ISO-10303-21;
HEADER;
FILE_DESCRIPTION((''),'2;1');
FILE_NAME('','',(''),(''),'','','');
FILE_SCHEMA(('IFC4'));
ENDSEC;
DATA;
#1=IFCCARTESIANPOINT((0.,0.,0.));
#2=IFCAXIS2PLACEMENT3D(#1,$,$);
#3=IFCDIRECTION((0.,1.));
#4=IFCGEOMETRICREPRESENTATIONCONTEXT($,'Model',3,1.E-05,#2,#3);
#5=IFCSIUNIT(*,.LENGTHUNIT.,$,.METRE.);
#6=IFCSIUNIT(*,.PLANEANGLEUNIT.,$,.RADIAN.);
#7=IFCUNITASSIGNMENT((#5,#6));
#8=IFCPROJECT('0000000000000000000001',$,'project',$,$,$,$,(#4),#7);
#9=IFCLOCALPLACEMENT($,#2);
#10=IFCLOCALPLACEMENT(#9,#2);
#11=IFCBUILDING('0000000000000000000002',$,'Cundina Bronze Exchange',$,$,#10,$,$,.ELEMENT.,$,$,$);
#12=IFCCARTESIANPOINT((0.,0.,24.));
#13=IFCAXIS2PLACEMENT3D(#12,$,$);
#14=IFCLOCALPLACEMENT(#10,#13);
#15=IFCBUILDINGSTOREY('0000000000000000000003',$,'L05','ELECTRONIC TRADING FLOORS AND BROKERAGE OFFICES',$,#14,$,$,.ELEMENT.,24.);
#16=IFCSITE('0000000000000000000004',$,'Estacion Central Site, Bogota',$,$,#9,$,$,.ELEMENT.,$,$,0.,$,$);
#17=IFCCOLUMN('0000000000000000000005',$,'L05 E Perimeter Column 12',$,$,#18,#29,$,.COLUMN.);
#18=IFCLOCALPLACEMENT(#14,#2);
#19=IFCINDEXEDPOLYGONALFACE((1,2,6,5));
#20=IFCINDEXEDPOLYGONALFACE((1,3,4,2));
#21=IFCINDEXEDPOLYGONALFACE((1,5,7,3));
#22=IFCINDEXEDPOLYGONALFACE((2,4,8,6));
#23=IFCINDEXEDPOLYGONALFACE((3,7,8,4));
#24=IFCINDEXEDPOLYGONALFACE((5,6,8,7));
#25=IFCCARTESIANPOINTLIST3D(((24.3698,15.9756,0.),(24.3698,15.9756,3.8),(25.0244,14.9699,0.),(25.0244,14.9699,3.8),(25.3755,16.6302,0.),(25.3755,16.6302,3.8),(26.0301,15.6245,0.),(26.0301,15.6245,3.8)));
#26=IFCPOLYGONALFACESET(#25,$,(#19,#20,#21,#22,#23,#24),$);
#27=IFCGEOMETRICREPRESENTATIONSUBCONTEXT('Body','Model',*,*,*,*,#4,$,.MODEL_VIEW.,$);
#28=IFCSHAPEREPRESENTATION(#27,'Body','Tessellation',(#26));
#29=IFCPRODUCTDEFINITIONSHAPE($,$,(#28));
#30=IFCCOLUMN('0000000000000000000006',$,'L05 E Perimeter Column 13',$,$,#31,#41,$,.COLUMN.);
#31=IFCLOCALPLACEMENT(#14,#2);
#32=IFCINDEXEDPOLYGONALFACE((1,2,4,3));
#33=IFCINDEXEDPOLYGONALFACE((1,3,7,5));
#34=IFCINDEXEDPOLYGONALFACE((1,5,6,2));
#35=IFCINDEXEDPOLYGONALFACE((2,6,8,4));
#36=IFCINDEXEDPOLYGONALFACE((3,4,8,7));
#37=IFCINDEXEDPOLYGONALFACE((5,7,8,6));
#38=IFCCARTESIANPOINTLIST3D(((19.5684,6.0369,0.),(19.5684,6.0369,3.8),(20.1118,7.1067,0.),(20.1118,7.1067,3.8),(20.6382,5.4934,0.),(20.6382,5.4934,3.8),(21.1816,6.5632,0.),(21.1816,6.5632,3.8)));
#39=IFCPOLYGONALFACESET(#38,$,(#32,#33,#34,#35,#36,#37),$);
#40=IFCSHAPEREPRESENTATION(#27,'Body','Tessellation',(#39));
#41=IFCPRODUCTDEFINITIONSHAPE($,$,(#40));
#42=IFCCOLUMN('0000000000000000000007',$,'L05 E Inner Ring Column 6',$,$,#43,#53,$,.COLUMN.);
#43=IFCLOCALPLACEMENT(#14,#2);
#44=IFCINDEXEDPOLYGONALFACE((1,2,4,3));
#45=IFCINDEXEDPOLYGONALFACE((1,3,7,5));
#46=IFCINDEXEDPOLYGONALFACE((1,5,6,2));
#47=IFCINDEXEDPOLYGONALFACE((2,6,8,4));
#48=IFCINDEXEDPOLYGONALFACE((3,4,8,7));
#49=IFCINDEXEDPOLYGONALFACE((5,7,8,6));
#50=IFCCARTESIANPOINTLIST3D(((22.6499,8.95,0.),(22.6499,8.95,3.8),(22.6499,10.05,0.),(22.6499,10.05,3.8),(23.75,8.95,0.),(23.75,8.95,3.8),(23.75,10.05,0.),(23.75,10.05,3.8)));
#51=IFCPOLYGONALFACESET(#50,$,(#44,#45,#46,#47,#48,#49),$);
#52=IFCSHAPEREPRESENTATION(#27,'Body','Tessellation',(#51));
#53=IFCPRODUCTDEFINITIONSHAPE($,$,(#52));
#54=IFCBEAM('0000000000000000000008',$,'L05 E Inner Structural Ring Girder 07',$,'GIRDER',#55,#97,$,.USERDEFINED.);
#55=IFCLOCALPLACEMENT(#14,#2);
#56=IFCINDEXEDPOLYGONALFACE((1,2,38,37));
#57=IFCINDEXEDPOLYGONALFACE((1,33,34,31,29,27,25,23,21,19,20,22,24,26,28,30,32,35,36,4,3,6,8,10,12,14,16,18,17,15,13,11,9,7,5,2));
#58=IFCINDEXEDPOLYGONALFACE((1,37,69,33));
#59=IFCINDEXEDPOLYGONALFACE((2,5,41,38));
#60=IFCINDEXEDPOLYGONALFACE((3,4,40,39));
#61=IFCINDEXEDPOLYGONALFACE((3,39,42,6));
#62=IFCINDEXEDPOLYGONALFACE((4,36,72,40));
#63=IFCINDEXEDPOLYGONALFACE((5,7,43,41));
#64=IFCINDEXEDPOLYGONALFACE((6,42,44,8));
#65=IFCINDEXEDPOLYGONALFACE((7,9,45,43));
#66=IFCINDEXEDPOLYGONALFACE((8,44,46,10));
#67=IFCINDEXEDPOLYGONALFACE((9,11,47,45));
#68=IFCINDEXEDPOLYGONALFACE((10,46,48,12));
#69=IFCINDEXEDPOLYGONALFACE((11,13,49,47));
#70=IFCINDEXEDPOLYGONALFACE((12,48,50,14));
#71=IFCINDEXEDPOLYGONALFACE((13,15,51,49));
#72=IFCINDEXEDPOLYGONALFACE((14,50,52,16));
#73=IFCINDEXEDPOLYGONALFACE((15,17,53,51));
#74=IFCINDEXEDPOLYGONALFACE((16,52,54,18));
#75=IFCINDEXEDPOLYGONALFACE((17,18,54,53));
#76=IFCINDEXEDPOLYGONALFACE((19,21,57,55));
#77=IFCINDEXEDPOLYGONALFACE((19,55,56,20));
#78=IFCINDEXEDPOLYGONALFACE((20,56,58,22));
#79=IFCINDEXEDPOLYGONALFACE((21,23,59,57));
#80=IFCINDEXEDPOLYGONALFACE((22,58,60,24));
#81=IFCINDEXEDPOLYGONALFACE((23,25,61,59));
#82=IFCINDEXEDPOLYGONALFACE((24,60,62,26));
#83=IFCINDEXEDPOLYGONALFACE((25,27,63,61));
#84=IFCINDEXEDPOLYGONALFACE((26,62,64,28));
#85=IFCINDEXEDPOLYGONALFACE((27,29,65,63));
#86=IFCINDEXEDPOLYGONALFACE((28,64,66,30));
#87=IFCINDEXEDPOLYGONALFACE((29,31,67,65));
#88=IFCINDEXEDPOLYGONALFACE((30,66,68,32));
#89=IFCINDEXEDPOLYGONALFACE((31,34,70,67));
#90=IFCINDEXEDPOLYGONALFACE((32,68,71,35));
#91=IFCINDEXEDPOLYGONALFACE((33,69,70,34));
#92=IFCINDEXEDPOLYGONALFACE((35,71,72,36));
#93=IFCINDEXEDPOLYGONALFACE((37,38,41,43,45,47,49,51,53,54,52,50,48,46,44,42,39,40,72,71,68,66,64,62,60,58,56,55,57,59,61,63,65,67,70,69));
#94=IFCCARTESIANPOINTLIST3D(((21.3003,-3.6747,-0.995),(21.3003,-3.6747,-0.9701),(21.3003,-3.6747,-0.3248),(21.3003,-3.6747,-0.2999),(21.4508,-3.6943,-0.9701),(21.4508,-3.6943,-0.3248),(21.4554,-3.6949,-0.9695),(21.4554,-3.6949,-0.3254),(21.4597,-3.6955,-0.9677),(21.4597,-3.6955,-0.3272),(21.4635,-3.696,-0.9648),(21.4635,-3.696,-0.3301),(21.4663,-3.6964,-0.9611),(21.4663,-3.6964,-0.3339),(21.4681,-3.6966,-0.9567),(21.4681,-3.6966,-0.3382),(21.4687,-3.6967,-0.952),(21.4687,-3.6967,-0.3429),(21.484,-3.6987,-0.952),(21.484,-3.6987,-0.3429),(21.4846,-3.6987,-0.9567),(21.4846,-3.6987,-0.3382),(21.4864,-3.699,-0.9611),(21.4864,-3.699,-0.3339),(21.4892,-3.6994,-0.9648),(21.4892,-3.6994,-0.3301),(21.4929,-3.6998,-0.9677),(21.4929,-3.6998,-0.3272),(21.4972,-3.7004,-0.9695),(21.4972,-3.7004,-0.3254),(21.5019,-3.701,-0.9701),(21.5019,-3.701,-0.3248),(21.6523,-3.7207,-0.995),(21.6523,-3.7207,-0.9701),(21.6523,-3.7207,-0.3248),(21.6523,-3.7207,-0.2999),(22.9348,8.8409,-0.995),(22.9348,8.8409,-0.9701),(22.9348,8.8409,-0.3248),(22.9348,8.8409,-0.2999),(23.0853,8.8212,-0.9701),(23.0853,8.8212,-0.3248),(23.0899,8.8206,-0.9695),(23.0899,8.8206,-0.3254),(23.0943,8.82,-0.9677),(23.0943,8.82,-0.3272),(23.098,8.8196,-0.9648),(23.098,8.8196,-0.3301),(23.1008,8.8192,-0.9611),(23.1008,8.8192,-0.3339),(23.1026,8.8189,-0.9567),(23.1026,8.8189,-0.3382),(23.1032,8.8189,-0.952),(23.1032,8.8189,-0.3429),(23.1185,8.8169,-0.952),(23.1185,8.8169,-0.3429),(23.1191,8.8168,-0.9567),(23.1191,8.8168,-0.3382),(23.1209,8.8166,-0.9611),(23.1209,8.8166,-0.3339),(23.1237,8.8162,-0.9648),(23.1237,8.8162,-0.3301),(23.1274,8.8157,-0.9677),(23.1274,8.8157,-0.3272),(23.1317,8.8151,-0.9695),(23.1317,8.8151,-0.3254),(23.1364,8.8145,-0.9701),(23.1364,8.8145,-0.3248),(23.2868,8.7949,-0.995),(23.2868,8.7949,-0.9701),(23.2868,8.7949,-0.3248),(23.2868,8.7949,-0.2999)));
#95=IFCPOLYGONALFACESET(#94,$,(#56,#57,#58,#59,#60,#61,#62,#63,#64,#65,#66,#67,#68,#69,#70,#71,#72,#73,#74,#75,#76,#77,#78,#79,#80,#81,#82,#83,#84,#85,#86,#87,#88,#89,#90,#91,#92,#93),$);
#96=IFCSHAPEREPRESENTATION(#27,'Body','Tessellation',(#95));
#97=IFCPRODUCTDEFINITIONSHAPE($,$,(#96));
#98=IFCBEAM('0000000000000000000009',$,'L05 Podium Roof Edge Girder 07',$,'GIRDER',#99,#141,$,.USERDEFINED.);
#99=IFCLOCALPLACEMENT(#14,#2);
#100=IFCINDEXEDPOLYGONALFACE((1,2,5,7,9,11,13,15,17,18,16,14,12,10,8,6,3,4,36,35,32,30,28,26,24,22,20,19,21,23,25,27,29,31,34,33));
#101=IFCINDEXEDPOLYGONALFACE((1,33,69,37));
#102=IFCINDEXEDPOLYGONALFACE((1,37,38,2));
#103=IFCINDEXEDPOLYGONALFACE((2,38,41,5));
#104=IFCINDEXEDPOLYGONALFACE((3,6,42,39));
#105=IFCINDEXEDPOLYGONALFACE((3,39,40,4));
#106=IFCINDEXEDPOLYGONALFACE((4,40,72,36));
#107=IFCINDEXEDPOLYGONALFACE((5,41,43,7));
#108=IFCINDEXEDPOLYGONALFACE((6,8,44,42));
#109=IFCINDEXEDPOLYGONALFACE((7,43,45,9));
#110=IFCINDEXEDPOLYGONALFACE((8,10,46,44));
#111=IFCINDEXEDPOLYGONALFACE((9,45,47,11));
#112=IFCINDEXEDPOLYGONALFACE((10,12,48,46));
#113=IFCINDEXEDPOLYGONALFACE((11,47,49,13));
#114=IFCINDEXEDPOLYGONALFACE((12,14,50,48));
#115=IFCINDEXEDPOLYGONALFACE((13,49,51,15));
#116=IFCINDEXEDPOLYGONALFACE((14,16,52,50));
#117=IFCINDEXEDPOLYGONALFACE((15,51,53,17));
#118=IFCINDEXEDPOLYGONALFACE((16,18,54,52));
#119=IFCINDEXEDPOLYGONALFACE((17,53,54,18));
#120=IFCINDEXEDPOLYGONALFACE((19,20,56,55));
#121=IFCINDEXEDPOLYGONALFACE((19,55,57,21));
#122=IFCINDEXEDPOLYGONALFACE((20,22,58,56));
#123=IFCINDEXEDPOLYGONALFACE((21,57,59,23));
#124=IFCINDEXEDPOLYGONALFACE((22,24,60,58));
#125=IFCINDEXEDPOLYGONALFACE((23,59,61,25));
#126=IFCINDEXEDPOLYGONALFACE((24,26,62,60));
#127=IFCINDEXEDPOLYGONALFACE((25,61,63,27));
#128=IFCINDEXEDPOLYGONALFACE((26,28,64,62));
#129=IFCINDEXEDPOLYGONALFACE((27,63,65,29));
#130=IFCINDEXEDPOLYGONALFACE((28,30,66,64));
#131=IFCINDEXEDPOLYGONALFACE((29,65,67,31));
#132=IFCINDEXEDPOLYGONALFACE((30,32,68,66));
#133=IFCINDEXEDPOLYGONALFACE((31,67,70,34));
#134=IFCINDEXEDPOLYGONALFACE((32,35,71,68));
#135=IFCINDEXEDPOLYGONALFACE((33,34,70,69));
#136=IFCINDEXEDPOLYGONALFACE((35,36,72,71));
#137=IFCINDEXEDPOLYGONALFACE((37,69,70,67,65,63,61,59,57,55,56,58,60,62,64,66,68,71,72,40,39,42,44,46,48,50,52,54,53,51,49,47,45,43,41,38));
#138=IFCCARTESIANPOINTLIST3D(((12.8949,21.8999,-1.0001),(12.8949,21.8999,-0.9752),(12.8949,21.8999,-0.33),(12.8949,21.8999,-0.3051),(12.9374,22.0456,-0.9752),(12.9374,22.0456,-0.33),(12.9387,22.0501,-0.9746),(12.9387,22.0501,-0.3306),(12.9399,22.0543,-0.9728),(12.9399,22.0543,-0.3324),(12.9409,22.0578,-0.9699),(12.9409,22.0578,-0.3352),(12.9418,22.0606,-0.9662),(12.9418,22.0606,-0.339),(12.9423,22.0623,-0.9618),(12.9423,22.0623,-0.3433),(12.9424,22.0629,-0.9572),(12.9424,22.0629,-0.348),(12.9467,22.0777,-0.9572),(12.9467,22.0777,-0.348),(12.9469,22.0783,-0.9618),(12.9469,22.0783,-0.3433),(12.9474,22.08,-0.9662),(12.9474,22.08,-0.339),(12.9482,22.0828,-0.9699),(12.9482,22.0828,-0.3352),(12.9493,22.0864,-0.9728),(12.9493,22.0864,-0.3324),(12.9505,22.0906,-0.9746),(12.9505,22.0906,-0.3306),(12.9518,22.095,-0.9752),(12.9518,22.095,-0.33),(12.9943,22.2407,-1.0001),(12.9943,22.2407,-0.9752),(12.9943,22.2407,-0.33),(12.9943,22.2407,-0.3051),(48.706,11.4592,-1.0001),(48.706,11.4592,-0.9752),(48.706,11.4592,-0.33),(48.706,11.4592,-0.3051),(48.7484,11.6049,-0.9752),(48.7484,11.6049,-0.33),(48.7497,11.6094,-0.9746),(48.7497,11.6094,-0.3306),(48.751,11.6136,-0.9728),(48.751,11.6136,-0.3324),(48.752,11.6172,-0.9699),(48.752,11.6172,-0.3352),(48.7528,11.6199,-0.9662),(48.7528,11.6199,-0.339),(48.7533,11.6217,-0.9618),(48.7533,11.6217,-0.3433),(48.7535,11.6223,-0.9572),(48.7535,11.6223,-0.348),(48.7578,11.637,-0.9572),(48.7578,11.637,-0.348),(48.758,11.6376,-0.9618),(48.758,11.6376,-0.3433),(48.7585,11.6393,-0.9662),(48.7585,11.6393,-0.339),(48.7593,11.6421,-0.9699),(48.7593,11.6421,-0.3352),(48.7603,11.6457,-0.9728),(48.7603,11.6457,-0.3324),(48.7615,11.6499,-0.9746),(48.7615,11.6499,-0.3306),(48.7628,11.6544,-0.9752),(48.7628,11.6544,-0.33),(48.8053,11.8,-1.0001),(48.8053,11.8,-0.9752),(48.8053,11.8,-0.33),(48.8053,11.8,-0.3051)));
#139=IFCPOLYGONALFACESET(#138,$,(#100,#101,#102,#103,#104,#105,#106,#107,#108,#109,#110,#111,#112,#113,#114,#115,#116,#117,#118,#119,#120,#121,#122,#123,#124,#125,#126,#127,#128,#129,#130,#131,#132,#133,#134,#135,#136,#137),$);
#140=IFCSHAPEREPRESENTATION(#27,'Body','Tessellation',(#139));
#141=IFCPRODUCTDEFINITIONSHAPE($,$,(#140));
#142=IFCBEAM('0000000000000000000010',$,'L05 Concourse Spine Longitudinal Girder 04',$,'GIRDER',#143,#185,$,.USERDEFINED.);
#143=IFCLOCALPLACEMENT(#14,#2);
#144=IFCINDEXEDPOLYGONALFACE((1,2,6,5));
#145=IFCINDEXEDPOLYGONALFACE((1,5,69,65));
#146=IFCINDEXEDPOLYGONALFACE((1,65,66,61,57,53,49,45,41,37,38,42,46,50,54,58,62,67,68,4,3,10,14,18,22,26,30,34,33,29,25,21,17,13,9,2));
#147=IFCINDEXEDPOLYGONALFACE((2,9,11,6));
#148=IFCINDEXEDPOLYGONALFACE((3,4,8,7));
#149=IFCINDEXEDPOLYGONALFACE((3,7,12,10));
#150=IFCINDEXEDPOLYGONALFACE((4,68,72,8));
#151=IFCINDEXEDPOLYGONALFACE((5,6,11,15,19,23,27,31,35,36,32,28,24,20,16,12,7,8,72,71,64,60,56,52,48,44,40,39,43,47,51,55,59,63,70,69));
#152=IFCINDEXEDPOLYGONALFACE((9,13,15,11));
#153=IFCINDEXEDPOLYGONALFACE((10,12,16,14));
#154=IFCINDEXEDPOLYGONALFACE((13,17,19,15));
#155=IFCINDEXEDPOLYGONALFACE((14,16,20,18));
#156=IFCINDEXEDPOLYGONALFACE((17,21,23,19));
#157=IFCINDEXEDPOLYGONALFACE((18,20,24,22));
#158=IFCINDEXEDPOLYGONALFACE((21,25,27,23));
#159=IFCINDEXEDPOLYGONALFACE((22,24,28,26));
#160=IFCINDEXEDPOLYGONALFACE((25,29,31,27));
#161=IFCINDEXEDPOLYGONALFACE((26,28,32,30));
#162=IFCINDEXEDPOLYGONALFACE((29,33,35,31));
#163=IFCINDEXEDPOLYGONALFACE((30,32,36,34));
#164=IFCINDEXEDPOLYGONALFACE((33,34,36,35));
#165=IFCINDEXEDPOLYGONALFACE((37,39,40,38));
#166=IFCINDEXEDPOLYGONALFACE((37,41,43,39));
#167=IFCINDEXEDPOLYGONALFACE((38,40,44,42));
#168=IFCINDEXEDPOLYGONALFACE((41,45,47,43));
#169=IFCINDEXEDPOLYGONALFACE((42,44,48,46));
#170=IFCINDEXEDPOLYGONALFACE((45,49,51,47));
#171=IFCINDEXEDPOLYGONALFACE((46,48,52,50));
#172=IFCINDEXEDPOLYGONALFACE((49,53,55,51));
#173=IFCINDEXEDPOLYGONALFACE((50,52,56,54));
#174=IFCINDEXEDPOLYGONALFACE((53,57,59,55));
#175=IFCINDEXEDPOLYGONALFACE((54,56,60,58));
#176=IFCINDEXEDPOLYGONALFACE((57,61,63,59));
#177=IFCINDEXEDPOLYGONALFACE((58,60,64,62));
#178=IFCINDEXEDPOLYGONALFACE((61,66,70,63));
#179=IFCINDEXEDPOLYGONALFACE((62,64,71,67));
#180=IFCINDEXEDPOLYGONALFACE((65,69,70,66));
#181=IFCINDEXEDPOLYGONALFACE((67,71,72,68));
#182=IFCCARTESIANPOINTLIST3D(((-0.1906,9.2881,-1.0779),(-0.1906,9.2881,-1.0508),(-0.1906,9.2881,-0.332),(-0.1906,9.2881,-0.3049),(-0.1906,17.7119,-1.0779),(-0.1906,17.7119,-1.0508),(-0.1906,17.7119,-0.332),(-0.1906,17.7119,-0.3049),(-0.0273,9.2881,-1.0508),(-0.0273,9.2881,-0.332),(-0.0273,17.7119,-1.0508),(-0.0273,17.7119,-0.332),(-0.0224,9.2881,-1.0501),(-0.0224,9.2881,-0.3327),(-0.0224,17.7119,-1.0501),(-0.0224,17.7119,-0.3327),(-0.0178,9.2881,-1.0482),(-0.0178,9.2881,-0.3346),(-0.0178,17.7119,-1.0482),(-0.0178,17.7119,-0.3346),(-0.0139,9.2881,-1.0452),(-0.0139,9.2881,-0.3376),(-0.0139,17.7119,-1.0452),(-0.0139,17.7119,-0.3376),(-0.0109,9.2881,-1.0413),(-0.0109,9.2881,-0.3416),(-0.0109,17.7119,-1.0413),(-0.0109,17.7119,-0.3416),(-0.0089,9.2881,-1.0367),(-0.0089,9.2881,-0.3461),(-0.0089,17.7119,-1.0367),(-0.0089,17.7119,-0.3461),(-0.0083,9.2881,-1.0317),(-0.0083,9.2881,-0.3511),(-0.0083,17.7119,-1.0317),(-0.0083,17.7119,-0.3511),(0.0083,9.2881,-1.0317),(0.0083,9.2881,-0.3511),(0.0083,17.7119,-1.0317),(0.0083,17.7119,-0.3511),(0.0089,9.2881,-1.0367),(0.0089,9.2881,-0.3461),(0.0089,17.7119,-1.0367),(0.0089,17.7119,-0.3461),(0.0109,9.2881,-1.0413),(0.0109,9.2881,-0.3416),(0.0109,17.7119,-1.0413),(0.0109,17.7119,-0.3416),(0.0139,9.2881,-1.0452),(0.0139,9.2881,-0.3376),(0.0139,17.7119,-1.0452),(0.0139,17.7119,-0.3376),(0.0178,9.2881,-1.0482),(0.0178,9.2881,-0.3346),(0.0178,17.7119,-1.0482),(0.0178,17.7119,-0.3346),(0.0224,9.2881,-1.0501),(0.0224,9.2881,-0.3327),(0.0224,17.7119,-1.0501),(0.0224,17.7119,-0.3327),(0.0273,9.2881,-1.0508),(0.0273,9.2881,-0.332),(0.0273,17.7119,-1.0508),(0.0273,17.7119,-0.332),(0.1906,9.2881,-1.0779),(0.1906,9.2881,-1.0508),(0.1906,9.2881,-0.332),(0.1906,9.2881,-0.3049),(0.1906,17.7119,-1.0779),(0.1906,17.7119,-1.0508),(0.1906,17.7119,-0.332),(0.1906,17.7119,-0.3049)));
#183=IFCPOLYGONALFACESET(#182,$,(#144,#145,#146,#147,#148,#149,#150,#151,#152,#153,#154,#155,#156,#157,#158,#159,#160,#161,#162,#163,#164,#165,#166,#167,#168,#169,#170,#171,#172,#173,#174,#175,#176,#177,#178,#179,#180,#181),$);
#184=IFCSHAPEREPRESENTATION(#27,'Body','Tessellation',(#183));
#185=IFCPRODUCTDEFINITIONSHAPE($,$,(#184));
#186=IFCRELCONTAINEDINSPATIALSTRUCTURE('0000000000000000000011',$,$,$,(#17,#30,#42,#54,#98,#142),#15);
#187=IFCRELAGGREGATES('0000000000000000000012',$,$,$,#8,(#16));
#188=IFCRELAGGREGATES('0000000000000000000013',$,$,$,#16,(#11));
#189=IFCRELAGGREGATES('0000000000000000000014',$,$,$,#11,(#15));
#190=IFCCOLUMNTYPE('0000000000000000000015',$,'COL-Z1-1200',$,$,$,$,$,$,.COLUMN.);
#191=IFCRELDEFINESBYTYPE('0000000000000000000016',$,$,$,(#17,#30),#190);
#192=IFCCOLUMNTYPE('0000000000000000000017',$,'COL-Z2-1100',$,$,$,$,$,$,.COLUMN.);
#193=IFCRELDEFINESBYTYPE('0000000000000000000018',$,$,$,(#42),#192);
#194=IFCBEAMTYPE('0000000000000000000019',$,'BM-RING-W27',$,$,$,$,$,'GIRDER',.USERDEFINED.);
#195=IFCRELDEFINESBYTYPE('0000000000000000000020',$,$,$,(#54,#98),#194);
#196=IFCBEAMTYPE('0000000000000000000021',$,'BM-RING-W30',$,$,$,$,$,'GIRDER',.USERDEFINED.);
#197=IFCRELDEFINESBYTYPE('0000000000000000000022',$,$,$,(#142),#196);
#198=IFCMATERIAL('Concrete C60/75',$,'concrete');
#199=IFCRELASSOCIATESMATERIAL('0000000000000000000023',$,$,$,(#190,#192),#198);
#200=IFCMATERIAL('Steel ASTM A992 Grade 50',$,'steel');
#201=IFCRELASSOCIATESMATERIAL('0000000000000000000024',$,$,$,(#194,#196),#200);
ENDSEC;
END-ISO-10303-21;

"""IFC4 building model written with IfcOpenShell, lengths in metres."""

from ifc_helpers import new_model, si_unit, direction, frame, origin, origin_2d, place, context, subcontext, project, spatial, rectangle, i_section, extrude, material, material_profile, profile_set, type_object, element, save


model = new_model("IFC4")

# Units and contexts
model_context = context("Model", 3, precision=1e-05, world=origin(), true_north=direction((0.0, 1.0)))
body_context = subcontext(model_context, "Body", "Model", "MODEL_VIEW")
ifc_project = project(units=[si_unit("LENGTHUNIT", "METRE"), si_unit("PLANEANGLEUNIT", "RADIAN")], contexts=[model_context])

# Site, building, storey
site_placement = place(None, origin())
site = spatial("IfcSite", under=ifc_project, at=site_placement, Name="Estacion Central Site, Bogota", CompositionType="ELEMENT", RefElevation=0.0)
building_placement = place(site_placement, origin())
building = spatial("IfcBuilding", under=site, at=building_placement, Name="Cundina Bronze Exchange", CompositionType="ELEMENT")
storey_placement = place(building_placement, frame((0.0, 0.0, 24.0)))
storey = spatial("IfcBuildingStorey", under=building, at=storey_placement, Name="L05", Description="ELECTRONIC TRADING FLOORS AND BROKERAGE OFFICES", CompositionType="ELEMENT", Elevation=24.0)

# Columns
ifc_material_1 = material(Name="Concrete C60/75", Category="concrete")
ifc_material_profile_1 = material_profile(ifc_material_1, rectangle(XDim=1.2, YDim=1.2, at=origin_2d()), Name="RC1200X1200", Category="concrete")
ifc_profile_set_1 = profile_set([ifc_material_profile_1], Name="Concrete C60/75")
column_type_1 = type_object("IfcColumnType", Name="COL-Z1-1200", PredefinedType="COLUMN", material=ifc_profile_set_1)
for number, where, z_axis, x_axis, name in (
    (1, (25.2, 15.8, 0.0), (0.0, 0.0, 1.0), (-0.8381, -0.545517, 0.0), "L05 E Perimeter Column 12"),
    (2, (20.375, 6.3, 0.0), (0.0, 0.0, 1.0), (-0.452902, -0.891561, 0.0), "L05 E Perimeter Column 13"),
):
    element("IfcColumn", number, at=place(storey_placement, frame(where, z_axis=z_axis, x_axis=x_axis)), inside=storey, type_object=column_type_1, Name=name, PredefinedType="COLUMN", context=body_context, shape_type="SweptSolid", body=[
        extrude(rectangle(XDim=1.2, YDim=1.2, at=origin_2d()), origin(), (0.0, 0.0, 1.0), 3.8),
    ])
ifc_material_profile_2 = material_profile(ifc_material_1, rectangle(XDim=1.1001, YDim=1.1001, at=origin_2d()), Name="RC1100X1100", Category="concrete")
ifc_profile_set_2 = profile_set([ifc_material_profile_2], Name="Concrete C60/75")
column_type_2 = type_object("IfcColumnType", Name="COL-Z2-1100", PredefinedType="COLUMN", material=ifc_profile_set_2)
column_placement = place(storey_placement, frame((23.2, 9.5, 0.0), z_axis=(0.0, 0.0, 1.0), x_axis=(1.0, 0.0, 0.0)))
element("IfcColumn", 3, at=column_placement, inside=storey, type_object=column_type_2, Name="L05 E Inner Ring Column 6", PredefinedType="COLUMN", context=body_context, shape_type="SweptSolid", body=[
    extrude(rectangle(XDim=1.1001, YDim=1.1001, at=origin_2d()), origin(), (0.0, 0.0, 1.0), 3.8),
])

# Beams
ifc_material_2 = material(Name="Steel ASTM A992 Grade 50", Category="steel")
ifc_material_profile_3 = material_profile(ifc_material_2, i_section(OverallWidth=0.355, OverallDepth=0.6951, WebThickness=0.0154, FlangeThickness=0.0249, FilletRadius=0.0181, at=origin_2d()), Name="W27X146", Category="steel")
ifc_profile_set_3 = profile_set([ifc_material_profile_3], Name="Steel ASTM A992 Grade 50")
beam_type_1 = type_object("IfcBeamType", Name="BM-RING-W27", ElementType="GIRDER", PredefinedType="USERDEFINED", material=ifc_profile_set_3)
beam_1_placement = place(storey_placement, frame((23.1108, 8.8179, -0.6475), z_axis=(-0.129499, -0.99158, 0.0), x_axis=(0.99158, -0.129499, 0.0)))
element("IfcBeam", 4, at=beam_1_placement, inside=storey, type_object=beam_type_1, Name="L05 E Inner Structural Ring Girder 07", ObjectType="GIRDER", PredefinedType="USERDEFINED", context=body_context, shape_type="SweptSolid", body=[
    extrude(i_section(OverallWidth=0.355, OverallDepth=0.6951, WebThickness=0.0154, FlangeThickness=0.0249, FilletRadius=0.0181, at=origin_2d()), origin(), (0.0, 0.0, 1.0), 12.6218),
])
beam_2_placement = place(storey_placement, frame((12.9446, 22.0703, -0.6526), z_axis=(0.96003, -0.279896, 0.0), x_axis=(0.279896, 0.96003, 0.0)))
element("IfcBeam", 5, at=beam_2_placement, inside=storey, type_object=beam_type_1, Name="L05 Podium Roof Edge Girder 07", ObjectType="GIRDER", PredefinedType="USERDEFINED", context=body_context, shape_type="SweptSolid", body=[
    extrude(i_section(OverallWidth=0.355, OverallDepth=0.6951, WebThickness=0.0154, FlangeThickness=0.0249, FilletRadius=0.0181, at=origin_2d()), origin(), (0.0, 0.0, 1.0), 37.302),
])
ifc_material_profile_4 = material_profile(ifc_material_2, i_section(OverallWidth=0.3811, OverallDepth=0.7729, WebThickness=0.0166, FlangeThickness=0.0271, FilletRadius=0.019, at=origin_2d()), Name="W30X173", Category="steel")
ifc_profile_set_4 = profile_set([ifc_material_profile_4], Name="Steel ASTM A992 Grade 50")
beam_type_2 = type_object("IfcBeamType", Name="BM-RING-W30", ElementType="GIRDER", PredefinedType="USERDEFINED", material=ifc_profile_set_4)
beam_3_placement = place(storey_placement, frame((0.0, 9.2881, -0.6914), z_axis=(0.0, 1.0, 0.0), x_axis=(-1.0, 0.0, 0.0)))
element("IfcBeam", 6, at=beam_3_placement, inside=storey, type_object=beam_type_2, Name="L05 Concourse Spine Longitudinal Girder 04", ObjectType="GIRDER", PredefinedType="USERDEFINED", context=body_context, shape_type="SweptSolid", body=[
    extrude(i_section(OverallWidth=0.3811, OverallDepth=0.7729, WebThickness=0.0166, FlangeThickness=0.0271, FilletRadius=0.019, at=origin_2d()), origin(), (0.0, 0.0, 1.0), 8.4238),
])

save(model, "model.ifc")
